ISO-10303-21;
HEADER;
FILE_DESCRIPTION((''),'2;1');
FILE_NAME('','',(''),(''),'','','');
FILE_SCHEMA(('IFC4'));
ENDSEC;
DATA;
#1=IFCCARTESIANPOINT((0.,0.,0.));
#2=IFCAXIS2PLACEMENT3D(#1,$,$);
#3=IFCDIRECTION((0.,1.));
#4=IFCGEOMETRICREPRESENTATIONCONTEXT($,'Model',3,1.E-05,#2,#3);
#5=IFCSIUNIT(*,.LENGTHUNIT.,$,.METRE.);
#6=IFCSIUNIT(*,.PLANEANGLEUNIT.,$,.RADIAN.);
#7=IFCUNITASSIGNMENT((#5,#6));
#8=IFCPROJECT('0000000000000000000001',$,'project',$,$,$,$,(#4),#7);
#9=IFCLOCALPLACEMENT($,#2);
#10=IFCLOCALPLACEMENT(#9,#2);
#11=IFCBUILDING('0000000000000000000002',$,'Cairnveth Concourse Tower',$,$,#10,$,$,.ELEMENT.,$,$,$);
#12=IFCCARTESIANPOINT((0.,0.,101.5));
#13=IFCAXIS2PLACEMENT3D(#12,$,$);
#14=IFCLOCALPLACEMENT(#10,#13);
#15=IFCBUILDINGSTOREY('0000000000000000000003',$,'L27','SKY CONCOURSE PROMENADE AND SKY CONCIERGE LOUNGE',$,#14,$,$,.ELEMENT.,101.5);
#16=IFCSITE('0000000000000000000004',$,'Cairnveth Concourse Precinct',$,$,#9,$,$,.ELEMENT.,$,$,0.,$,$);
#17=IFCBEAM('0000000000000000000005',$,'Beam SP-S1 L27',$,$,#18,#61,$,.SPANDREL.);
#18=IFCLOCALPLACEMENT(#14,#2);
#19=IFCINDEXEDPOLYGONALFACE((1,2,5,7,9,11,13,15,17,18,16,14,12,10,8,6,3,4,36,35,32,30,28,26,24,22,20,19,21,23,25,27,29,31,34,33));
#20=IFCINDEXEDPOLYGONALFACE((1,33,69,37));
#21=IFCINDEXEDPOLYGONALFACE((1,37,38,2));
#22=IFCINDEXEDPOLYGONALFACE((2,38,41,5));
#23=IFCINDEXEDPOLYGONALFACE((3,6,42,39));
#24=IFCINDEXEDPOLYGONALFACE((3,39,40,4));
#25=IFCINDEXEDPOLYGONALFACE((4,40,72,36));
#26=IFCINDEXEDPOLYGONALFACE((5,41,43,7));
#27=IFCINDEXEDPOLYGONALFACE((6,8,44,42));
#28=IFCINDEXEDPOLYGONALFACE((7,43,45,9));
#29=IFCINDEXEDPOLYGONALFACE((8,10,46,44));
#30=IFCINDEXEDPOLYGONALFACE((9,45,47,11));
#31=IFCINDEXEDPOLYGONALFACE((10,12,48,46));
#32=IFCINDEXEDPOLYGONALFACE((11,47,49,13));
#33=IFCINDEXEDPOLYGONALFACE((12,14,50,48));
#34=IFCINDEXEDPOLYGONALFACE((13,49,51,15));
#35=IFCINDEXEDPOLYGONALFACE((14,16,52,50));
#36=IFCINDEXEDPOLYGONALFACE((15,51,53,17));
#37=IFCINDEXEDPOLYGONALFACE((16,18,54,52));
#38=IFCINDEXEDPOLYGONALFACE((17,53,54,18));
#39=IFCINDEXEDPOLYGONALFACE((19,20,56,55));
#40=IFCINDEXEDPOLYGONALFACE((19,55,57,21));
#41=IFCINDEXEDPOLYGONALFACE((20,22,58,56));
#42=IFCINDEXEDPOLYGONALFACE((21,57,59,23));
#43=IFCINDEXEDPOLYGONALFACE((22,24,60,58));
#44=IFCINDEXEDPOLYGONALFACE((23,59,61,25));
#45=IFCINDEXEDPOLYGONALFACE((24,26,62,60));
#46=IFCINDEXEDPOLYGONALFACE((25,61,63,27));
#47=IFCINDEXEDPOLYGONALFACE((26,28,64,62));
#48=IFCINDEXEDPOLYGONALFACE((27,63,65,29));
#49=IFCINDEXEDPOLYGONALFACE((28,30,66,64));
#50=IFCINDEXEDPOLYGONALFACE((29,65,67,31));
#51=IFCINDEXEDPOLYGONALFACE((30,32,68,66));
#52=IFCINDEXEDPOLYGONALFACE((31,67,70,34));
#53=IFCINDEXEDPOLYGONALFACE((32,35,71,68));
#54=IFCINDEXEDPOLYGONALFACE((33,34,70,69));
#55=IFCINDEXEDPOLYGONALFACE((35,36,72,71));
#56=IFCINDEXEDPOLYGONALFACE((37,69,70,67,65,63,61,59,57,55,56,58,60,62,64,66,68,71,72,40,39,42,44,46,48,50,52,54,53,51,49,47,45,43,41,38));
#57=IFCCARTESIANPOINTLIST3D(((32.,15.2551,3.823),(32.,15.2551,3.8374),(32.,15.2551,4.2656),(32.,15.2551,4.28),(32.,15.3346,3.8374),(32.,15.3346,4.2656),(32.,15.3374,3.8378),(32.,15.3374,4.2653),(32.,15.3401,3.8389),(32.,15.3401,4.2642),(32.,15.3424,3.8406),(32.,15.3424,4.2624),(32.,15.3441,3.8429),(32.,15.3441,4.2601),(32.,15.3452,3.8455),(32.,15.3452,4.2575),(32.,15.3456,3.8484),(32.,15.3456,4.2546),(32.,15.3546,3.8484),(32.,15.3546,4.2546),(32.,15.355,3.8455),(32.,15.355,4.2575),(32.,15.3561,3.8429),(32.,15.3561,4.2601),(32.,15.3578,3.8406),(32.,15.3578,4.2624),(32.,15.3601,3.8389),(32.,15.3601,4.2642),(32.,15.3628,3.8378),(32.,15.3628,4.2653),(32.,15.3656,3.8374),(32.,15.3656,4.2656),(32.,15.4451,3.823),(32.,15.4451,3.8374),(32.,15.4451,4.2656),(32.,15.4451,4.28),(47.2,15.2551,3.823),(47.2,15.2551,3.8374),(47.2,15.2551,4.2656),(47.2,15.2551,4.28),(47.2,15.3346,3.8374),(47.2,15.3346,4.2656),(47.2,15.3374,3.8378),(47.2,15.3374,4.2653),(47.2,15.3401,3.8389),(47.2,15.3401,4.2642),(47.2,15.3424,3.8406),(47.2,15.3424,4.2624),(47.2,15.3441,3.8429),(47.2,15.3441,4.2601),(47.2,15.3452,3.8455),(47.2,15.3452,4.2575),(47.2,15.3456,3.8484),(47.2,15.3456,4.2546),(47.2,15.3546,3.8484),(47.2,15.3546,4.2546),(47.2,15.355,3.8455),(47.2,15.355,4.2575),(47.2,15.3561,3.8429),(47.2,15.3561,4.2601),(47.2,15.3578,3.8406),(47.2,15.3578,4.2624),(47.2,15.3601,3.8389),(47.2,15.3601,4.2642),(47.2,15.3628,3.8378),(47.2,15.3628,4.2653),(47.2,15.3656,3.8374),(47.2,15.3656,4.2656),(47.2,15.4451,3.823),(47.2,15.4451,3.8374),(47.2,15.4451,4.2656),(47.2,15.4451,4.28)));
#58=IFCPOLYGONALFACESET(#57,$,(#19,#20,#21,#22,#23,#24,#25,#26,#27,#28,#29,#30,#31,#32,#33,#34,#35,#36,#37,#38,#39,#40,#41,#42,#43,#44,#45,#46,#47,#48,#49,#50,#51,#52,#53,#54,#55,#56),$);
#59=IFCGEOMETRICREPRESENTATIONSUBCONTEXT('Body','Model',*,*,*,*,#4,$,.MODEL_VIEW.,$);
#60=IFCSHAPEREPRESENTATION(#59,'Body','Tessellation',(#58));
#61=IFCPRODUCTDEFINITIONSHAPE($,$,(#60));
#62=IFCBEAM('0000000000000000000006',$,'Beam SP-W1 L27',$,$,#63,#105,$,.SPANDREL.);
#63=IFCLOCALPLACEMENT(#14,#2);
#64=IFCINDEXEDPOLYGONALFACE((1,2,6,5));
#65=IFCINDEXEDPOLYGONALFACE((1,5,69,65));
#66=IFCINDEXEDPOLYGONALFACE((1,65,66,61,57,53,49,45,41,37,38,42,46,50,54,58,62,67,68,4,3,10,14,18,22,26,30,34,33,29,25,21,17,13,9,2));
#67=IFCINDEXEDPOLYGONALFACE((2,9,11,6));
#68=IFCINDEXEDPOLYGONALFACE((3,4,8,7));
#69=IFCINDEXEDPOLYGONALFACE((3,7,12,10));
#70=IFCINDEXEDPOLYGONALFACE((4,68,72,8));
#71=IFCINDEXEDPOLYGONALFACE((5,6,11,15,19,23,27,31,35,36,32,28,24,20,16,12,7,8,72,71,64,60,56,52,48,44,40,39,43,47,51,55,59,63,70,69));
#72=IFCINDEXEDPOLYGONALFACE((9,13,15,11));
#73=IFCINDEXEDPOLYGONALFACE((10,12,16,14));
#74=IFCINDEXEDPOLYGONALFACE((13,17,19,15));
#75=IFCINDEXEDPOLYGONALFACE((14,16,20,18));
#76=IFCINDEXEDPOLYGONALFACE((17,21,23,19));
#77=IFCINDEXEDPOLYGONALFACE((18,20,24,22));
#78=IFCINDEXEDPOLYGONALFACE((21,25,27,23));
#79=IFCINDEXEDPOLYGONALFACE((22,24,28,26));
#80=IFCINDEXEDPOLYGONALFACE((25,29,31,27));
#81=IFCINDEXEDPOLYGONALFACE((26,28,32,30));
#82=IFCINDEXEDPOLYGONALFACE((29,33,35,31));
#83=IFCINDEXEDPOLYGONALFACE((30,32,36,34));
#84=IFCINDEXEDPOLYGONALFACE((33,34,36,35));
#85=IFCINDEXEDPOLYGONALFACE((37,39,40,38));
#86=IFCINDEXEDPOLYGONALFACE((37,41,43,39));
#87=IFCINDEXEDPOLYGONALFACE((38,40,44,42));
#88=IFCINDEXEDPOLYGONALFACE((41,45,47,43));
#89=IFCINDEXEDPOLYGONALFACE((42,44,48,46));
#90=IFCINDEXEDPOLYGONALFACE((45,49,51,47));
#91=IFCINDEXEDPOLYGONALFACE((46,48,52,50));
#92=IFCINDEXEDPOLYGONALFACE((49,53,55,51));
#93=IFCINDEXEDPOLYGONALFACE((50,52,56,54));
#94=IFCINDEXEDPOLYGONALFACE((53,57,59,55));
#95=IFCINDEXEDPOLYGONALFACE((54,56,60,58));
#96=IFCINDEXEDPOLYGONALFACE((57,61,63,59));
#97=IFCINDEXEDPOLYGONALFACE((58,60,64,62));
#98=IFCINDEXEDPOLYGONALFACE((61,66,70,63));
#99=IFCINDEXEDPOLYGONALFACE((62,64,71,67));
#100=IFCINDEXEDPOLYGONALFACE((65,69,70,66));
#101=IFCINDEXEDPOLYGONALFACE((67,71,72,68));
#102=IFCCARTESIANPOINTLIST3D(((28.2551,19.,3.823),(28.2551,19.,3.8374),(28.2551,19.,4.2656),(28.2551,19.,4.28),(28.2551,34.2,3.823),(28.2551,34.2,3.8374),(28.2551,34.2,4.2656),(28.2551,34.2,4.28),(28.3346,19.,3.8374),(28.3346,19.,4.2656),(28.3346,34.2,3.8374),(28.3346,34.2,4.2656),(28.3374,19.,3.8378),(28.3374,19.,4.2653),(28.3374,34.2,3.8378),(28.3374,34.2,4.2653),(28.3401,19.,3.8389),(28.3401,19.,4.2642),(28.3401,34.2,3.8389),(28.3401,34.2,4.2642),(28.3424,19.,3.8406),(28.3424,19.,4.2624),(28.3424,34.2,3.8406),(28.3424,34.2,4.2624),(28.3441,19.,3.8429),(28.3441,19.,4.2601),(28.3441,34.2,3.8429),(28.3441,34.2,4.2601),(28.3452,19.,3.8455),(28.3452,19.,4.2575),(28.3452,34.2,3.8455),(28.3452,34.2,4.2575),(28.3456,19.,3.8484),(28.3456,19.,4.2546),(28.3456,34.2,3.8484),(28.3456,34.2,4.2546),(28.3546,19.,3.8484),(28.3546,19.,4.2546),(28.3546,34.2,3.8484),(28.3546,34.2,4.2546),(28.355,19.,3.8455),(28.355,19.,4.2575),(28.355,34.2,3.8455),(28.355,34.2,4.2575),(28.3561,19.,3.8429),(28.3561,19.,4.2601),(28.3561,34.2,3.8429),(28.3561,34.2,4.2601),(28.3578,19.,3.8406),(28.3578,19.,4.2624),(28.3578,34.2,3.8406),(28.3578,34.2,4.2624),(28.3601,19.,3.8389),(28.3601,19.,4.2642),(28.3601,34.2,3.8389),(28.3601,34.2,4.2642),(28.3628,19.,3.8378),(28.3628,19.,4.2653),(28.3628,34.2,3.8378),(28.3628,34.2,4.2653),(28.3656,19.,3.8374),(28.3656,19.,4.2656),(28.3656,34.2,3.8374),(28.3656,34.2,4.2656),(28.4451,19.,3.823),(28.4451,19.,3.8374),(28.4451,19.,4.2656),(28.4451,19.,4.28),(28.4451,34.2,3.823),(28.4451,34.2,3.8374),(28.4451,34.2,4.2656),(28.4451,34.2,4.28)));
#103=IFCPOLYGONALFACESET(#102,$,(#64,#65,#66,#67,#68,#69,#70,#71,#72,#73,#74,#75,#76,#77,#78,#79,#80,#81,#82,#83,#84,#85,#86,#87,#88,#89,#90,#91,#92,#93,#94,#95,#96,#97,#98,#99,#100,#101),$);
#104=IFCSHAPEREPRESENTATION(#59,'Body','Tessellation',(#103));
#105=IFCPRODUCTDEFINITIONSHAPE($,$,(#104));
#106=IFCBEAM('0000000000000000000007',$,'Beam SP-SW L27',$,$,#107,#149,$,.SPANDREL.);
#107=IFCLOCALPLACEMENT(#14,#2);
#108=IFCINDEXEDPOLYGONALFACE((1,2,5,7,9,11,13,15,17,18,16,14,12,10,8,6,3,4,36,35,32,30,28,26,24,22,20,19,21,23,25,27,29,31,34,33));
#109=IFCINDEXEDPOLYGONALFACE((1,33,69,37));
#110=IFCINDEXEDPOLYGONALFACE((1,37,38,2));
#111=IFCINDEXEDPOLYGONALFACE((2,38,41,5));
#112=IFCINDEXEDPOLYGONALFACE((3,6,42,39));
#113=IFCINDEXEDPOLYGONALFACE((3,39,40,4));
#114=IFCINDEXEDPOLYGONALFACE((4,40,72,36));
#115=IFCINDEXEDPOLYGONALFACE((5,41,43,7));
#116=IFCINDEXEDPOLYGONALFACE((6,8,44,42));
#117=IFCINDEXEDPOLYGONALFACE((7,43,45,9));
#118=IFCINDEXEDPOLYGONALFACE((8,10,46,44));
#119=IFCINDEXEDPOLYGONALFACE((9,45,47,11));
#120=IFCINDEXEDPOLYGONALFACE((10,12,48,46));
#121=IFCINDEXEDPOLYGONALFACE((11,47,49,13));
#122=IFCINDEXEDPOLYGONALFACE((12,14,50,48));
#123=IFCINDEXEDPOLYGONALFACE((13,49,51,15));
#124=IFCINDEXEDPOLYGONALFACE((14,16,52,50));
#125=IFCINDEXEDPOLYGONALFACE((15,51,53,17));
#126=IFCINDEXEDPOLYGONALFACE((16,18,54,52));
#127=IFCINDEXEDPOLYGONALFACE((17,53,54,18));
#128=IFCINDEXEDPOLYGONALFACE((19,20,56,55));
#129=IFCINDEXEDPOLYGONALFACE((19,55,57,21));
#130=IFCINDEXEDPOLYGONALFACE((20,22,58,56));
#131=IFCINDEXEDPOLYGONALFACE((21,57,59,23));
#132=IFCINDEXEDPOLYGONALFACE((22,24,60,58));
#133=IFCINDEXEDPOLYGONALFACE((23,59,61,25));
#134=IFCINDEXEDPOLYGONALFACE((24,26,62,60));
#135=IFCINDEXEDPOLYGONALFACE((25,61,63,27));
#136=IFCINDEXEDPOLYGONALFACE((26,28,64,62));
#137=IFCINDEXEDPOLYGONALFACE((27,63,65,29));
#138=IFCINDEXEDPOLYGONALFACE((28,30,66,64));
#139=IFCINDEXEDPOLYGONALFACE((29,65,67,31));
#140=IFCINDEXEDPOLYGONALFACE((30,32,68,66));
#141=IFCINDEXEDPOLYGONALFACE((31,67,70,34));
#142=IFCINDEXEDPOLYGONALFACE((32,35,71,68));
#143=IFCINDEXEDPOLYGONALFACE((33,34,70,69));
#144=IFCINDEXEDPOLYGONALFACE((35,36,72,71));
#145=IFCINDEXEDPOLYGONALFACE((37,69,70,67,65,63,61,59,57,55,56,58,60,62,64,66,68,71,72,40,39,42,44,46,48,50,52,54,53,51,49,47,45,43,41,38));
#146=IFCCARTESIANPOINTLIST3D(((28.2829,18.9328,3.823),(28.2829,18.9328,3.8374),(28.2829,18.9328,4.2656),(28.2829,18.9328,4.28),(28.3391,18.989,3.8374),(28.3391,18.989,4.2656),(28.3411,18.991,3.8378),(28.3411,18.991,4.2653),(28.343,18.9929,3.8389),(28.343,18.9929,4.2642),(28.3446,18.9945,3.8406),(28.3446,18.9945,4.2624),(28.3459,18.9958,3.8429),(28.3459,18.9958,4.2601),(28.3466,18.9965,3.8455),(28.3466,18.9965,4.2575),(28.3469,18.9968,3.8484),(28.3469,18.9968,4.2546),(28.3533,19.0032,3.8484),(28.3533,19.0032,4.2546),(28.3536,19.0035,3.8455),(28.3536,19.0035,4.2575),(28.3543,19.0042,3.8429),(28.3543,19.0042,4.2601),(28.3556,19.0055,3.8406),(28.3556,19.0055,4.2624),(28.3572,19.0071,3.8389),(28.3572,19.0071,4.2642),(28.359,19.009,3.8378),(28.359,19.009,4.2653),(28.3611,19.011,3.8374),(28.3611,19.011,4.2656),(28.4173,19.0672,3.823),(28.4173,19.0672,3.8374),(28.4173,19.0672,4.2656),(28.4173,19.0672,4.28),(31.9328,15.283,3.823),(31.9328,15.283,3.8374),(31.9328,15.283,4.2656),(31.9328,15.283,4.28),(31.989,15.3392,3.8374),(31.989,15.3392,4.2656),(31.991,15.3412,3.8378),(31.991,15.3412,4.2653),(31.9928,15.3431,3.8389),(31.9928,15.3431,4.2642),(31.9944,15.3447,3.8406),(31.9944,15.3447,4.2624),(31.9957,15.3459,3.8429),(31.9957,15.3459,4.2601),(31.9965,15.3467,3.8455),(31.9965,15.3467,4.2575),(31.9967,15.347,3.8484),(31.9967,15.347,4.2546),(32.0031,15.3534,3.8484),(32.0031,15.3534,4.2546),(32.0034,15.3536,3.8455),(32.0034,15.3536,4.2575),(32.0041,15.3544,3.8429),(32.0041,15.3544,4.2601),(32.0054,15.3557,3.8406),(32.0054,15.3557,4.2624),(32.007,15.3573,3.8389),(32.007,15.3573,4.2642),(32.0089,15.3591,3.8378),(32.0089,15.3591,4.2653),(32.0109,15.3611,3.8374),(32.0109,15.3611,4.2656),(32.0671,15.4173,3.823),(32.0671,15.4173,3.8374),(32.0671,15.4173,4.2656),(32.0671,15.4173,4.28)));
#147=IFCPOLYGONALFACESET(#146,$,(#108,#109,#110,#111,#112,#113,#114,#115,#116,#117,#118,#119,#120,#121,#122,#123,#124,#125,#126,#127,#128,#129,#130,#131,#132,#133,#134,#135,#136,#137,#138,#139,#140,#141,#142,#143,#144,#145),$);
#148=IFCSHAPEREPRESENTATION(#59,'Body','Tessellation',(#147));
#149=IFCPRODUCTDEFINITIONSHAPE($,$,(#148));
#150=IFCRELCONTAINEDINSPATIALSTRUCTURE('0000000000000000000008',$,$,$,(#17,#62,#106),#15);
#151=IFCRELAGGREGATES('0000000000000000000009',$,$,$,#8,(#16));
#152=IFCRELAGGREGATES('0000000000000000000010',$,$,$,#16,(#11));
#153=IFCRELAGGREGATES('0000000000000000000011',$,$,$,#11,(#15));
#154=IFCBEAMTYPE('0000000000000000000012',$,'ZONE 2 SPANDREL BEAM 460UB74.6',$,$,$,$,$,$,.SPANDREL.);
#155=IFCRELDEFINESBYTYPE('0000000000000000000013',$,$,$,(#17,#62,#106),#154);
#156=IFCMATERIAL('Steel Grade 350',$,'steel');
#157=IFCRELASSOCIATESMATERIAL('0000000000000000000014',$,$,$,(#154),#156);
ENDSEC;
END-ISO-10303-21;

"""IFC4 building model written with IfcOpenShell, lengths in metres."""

from ifc_helpers import new_model, si_unit, direction, frame, origin, origin_2d, place, context, subcontext, project, spatial, i_section, extrude, material, material_profile, profile_set, type_object, element, save


model = new_model("IFC4")

# Units and contexts
model_context = context("Model", 3, precision=1e-05, world=origin(), true_north=direction((0.0, 1.0)))
body_context = subcontext(model_context, "Body", "Model", "MODEL_VIEW")
ifc_project = project(units=[si_unit("LENGTHUNIT", "METRE"), si_unit("PLANEANGLEUNIT", "RADIAN")], contexts=[model_context])

# Site, building, storey
site_placement = place(None, origin())
site = spatial("IfcSite", under=ifc_project, at=site_placement, Name="Cairnveth Concourse Precinct", CompositionType="ELEMENT", RefElevation=0.0)
building_placement = place(site_placement, origin())
building = spatial("IfcBuilding", under=site, at=building_placement, Name="Cairnveth Concourse Tower", CompositionType="ELEMENT")
storey_placement = place(building_placement, frame((0.0, 0.0, 101.5)))
storey = spatial("IfcBuildingStorey", under=building, at=storey_placement, Name="L27", Description="SKY CONCOURSE PROMENADE AND SKY CONCIERGE LOUNGE", CompositionType="ELEMENT", Elevation=101.5)

# Shared definitions
ifc_material_1 = material(Name="Steel Grade 350", Category="steel")

# Beams
ifc_material_profile_1 = material_profile(ifc_material_1, i_section(OverallWidth=0.1899, OverallDepth=0.457, WebThickness=0.009, FlangeThickness=0.0144, FilletRadius=0.011, at=origin_2d()), Name="460UB74.6")
ifc_profile_set_1 = profile_set([ifc_material_profile_1], Name="Steel Grade 350")
beam_type_1 = type_object("IfcBeamType", Name="ZONE 2 SPANDREL BEAM 460UB74.6", PredefinedType="SPANDREL", material=ifc_profile_set_1)
for number, where, z_axis, x_axis, name in (
    (1, (32.0, 15.3501, 4.0515), (1.0, 0.0, 0.0), (0.0, 1.0, 0.0), "Beam SP-S1 L27"),
    (2, (28.3501, 19.0, 4.0515), (0.0, 1.0, 0.0), (-1.0, 0.0, 0.0), "Beam SP-W1 L27"),
):
    element("IfcBeam", number, at=place(storey_placement, frame(where, z_axis=z_axis, x_axis=x_axis)), inside=storey, type_object=beam_type_1, Name=name, PredefinedType="SPANDREL", context=body_context, shape_type="SweptSolid", body=[
        extrude(i_section(OverallWidth=0.1899, OverallDepth=0.457, WebThickness=0.009, FlangeThickness=0.0144, FilletRadius=0.011, at=origin_2d()), origin(), (0.0, 0.0, 1.0), 15.2),
    ])
beam_1_placement = place(storey_placement, frame((28.3501, 19.0, 4.0515), z_axis=(0.707107, -0.707107, 0.0), x_axis=(0.707107, 0.707107, 0.0)))
element("IfcBeam", 3, at=beam_1_placement, inside=storey, type_object=beam_type_1, Name="Beam SP-SW L27", PredefinedType="SPANDREL", context=body_context, shape_type="SweptSolid", body=[
    extrude(i_section(OverallWidth=0.1899, OverallDepth=0.457, WebThickness=0.009, FlangeThickness=0.0144, FilletRadius=0.011, at=origin_2d()), origin(), (0.0, 0.0, 1.0), 5.1616),
])

save(model, "model.ifc")
